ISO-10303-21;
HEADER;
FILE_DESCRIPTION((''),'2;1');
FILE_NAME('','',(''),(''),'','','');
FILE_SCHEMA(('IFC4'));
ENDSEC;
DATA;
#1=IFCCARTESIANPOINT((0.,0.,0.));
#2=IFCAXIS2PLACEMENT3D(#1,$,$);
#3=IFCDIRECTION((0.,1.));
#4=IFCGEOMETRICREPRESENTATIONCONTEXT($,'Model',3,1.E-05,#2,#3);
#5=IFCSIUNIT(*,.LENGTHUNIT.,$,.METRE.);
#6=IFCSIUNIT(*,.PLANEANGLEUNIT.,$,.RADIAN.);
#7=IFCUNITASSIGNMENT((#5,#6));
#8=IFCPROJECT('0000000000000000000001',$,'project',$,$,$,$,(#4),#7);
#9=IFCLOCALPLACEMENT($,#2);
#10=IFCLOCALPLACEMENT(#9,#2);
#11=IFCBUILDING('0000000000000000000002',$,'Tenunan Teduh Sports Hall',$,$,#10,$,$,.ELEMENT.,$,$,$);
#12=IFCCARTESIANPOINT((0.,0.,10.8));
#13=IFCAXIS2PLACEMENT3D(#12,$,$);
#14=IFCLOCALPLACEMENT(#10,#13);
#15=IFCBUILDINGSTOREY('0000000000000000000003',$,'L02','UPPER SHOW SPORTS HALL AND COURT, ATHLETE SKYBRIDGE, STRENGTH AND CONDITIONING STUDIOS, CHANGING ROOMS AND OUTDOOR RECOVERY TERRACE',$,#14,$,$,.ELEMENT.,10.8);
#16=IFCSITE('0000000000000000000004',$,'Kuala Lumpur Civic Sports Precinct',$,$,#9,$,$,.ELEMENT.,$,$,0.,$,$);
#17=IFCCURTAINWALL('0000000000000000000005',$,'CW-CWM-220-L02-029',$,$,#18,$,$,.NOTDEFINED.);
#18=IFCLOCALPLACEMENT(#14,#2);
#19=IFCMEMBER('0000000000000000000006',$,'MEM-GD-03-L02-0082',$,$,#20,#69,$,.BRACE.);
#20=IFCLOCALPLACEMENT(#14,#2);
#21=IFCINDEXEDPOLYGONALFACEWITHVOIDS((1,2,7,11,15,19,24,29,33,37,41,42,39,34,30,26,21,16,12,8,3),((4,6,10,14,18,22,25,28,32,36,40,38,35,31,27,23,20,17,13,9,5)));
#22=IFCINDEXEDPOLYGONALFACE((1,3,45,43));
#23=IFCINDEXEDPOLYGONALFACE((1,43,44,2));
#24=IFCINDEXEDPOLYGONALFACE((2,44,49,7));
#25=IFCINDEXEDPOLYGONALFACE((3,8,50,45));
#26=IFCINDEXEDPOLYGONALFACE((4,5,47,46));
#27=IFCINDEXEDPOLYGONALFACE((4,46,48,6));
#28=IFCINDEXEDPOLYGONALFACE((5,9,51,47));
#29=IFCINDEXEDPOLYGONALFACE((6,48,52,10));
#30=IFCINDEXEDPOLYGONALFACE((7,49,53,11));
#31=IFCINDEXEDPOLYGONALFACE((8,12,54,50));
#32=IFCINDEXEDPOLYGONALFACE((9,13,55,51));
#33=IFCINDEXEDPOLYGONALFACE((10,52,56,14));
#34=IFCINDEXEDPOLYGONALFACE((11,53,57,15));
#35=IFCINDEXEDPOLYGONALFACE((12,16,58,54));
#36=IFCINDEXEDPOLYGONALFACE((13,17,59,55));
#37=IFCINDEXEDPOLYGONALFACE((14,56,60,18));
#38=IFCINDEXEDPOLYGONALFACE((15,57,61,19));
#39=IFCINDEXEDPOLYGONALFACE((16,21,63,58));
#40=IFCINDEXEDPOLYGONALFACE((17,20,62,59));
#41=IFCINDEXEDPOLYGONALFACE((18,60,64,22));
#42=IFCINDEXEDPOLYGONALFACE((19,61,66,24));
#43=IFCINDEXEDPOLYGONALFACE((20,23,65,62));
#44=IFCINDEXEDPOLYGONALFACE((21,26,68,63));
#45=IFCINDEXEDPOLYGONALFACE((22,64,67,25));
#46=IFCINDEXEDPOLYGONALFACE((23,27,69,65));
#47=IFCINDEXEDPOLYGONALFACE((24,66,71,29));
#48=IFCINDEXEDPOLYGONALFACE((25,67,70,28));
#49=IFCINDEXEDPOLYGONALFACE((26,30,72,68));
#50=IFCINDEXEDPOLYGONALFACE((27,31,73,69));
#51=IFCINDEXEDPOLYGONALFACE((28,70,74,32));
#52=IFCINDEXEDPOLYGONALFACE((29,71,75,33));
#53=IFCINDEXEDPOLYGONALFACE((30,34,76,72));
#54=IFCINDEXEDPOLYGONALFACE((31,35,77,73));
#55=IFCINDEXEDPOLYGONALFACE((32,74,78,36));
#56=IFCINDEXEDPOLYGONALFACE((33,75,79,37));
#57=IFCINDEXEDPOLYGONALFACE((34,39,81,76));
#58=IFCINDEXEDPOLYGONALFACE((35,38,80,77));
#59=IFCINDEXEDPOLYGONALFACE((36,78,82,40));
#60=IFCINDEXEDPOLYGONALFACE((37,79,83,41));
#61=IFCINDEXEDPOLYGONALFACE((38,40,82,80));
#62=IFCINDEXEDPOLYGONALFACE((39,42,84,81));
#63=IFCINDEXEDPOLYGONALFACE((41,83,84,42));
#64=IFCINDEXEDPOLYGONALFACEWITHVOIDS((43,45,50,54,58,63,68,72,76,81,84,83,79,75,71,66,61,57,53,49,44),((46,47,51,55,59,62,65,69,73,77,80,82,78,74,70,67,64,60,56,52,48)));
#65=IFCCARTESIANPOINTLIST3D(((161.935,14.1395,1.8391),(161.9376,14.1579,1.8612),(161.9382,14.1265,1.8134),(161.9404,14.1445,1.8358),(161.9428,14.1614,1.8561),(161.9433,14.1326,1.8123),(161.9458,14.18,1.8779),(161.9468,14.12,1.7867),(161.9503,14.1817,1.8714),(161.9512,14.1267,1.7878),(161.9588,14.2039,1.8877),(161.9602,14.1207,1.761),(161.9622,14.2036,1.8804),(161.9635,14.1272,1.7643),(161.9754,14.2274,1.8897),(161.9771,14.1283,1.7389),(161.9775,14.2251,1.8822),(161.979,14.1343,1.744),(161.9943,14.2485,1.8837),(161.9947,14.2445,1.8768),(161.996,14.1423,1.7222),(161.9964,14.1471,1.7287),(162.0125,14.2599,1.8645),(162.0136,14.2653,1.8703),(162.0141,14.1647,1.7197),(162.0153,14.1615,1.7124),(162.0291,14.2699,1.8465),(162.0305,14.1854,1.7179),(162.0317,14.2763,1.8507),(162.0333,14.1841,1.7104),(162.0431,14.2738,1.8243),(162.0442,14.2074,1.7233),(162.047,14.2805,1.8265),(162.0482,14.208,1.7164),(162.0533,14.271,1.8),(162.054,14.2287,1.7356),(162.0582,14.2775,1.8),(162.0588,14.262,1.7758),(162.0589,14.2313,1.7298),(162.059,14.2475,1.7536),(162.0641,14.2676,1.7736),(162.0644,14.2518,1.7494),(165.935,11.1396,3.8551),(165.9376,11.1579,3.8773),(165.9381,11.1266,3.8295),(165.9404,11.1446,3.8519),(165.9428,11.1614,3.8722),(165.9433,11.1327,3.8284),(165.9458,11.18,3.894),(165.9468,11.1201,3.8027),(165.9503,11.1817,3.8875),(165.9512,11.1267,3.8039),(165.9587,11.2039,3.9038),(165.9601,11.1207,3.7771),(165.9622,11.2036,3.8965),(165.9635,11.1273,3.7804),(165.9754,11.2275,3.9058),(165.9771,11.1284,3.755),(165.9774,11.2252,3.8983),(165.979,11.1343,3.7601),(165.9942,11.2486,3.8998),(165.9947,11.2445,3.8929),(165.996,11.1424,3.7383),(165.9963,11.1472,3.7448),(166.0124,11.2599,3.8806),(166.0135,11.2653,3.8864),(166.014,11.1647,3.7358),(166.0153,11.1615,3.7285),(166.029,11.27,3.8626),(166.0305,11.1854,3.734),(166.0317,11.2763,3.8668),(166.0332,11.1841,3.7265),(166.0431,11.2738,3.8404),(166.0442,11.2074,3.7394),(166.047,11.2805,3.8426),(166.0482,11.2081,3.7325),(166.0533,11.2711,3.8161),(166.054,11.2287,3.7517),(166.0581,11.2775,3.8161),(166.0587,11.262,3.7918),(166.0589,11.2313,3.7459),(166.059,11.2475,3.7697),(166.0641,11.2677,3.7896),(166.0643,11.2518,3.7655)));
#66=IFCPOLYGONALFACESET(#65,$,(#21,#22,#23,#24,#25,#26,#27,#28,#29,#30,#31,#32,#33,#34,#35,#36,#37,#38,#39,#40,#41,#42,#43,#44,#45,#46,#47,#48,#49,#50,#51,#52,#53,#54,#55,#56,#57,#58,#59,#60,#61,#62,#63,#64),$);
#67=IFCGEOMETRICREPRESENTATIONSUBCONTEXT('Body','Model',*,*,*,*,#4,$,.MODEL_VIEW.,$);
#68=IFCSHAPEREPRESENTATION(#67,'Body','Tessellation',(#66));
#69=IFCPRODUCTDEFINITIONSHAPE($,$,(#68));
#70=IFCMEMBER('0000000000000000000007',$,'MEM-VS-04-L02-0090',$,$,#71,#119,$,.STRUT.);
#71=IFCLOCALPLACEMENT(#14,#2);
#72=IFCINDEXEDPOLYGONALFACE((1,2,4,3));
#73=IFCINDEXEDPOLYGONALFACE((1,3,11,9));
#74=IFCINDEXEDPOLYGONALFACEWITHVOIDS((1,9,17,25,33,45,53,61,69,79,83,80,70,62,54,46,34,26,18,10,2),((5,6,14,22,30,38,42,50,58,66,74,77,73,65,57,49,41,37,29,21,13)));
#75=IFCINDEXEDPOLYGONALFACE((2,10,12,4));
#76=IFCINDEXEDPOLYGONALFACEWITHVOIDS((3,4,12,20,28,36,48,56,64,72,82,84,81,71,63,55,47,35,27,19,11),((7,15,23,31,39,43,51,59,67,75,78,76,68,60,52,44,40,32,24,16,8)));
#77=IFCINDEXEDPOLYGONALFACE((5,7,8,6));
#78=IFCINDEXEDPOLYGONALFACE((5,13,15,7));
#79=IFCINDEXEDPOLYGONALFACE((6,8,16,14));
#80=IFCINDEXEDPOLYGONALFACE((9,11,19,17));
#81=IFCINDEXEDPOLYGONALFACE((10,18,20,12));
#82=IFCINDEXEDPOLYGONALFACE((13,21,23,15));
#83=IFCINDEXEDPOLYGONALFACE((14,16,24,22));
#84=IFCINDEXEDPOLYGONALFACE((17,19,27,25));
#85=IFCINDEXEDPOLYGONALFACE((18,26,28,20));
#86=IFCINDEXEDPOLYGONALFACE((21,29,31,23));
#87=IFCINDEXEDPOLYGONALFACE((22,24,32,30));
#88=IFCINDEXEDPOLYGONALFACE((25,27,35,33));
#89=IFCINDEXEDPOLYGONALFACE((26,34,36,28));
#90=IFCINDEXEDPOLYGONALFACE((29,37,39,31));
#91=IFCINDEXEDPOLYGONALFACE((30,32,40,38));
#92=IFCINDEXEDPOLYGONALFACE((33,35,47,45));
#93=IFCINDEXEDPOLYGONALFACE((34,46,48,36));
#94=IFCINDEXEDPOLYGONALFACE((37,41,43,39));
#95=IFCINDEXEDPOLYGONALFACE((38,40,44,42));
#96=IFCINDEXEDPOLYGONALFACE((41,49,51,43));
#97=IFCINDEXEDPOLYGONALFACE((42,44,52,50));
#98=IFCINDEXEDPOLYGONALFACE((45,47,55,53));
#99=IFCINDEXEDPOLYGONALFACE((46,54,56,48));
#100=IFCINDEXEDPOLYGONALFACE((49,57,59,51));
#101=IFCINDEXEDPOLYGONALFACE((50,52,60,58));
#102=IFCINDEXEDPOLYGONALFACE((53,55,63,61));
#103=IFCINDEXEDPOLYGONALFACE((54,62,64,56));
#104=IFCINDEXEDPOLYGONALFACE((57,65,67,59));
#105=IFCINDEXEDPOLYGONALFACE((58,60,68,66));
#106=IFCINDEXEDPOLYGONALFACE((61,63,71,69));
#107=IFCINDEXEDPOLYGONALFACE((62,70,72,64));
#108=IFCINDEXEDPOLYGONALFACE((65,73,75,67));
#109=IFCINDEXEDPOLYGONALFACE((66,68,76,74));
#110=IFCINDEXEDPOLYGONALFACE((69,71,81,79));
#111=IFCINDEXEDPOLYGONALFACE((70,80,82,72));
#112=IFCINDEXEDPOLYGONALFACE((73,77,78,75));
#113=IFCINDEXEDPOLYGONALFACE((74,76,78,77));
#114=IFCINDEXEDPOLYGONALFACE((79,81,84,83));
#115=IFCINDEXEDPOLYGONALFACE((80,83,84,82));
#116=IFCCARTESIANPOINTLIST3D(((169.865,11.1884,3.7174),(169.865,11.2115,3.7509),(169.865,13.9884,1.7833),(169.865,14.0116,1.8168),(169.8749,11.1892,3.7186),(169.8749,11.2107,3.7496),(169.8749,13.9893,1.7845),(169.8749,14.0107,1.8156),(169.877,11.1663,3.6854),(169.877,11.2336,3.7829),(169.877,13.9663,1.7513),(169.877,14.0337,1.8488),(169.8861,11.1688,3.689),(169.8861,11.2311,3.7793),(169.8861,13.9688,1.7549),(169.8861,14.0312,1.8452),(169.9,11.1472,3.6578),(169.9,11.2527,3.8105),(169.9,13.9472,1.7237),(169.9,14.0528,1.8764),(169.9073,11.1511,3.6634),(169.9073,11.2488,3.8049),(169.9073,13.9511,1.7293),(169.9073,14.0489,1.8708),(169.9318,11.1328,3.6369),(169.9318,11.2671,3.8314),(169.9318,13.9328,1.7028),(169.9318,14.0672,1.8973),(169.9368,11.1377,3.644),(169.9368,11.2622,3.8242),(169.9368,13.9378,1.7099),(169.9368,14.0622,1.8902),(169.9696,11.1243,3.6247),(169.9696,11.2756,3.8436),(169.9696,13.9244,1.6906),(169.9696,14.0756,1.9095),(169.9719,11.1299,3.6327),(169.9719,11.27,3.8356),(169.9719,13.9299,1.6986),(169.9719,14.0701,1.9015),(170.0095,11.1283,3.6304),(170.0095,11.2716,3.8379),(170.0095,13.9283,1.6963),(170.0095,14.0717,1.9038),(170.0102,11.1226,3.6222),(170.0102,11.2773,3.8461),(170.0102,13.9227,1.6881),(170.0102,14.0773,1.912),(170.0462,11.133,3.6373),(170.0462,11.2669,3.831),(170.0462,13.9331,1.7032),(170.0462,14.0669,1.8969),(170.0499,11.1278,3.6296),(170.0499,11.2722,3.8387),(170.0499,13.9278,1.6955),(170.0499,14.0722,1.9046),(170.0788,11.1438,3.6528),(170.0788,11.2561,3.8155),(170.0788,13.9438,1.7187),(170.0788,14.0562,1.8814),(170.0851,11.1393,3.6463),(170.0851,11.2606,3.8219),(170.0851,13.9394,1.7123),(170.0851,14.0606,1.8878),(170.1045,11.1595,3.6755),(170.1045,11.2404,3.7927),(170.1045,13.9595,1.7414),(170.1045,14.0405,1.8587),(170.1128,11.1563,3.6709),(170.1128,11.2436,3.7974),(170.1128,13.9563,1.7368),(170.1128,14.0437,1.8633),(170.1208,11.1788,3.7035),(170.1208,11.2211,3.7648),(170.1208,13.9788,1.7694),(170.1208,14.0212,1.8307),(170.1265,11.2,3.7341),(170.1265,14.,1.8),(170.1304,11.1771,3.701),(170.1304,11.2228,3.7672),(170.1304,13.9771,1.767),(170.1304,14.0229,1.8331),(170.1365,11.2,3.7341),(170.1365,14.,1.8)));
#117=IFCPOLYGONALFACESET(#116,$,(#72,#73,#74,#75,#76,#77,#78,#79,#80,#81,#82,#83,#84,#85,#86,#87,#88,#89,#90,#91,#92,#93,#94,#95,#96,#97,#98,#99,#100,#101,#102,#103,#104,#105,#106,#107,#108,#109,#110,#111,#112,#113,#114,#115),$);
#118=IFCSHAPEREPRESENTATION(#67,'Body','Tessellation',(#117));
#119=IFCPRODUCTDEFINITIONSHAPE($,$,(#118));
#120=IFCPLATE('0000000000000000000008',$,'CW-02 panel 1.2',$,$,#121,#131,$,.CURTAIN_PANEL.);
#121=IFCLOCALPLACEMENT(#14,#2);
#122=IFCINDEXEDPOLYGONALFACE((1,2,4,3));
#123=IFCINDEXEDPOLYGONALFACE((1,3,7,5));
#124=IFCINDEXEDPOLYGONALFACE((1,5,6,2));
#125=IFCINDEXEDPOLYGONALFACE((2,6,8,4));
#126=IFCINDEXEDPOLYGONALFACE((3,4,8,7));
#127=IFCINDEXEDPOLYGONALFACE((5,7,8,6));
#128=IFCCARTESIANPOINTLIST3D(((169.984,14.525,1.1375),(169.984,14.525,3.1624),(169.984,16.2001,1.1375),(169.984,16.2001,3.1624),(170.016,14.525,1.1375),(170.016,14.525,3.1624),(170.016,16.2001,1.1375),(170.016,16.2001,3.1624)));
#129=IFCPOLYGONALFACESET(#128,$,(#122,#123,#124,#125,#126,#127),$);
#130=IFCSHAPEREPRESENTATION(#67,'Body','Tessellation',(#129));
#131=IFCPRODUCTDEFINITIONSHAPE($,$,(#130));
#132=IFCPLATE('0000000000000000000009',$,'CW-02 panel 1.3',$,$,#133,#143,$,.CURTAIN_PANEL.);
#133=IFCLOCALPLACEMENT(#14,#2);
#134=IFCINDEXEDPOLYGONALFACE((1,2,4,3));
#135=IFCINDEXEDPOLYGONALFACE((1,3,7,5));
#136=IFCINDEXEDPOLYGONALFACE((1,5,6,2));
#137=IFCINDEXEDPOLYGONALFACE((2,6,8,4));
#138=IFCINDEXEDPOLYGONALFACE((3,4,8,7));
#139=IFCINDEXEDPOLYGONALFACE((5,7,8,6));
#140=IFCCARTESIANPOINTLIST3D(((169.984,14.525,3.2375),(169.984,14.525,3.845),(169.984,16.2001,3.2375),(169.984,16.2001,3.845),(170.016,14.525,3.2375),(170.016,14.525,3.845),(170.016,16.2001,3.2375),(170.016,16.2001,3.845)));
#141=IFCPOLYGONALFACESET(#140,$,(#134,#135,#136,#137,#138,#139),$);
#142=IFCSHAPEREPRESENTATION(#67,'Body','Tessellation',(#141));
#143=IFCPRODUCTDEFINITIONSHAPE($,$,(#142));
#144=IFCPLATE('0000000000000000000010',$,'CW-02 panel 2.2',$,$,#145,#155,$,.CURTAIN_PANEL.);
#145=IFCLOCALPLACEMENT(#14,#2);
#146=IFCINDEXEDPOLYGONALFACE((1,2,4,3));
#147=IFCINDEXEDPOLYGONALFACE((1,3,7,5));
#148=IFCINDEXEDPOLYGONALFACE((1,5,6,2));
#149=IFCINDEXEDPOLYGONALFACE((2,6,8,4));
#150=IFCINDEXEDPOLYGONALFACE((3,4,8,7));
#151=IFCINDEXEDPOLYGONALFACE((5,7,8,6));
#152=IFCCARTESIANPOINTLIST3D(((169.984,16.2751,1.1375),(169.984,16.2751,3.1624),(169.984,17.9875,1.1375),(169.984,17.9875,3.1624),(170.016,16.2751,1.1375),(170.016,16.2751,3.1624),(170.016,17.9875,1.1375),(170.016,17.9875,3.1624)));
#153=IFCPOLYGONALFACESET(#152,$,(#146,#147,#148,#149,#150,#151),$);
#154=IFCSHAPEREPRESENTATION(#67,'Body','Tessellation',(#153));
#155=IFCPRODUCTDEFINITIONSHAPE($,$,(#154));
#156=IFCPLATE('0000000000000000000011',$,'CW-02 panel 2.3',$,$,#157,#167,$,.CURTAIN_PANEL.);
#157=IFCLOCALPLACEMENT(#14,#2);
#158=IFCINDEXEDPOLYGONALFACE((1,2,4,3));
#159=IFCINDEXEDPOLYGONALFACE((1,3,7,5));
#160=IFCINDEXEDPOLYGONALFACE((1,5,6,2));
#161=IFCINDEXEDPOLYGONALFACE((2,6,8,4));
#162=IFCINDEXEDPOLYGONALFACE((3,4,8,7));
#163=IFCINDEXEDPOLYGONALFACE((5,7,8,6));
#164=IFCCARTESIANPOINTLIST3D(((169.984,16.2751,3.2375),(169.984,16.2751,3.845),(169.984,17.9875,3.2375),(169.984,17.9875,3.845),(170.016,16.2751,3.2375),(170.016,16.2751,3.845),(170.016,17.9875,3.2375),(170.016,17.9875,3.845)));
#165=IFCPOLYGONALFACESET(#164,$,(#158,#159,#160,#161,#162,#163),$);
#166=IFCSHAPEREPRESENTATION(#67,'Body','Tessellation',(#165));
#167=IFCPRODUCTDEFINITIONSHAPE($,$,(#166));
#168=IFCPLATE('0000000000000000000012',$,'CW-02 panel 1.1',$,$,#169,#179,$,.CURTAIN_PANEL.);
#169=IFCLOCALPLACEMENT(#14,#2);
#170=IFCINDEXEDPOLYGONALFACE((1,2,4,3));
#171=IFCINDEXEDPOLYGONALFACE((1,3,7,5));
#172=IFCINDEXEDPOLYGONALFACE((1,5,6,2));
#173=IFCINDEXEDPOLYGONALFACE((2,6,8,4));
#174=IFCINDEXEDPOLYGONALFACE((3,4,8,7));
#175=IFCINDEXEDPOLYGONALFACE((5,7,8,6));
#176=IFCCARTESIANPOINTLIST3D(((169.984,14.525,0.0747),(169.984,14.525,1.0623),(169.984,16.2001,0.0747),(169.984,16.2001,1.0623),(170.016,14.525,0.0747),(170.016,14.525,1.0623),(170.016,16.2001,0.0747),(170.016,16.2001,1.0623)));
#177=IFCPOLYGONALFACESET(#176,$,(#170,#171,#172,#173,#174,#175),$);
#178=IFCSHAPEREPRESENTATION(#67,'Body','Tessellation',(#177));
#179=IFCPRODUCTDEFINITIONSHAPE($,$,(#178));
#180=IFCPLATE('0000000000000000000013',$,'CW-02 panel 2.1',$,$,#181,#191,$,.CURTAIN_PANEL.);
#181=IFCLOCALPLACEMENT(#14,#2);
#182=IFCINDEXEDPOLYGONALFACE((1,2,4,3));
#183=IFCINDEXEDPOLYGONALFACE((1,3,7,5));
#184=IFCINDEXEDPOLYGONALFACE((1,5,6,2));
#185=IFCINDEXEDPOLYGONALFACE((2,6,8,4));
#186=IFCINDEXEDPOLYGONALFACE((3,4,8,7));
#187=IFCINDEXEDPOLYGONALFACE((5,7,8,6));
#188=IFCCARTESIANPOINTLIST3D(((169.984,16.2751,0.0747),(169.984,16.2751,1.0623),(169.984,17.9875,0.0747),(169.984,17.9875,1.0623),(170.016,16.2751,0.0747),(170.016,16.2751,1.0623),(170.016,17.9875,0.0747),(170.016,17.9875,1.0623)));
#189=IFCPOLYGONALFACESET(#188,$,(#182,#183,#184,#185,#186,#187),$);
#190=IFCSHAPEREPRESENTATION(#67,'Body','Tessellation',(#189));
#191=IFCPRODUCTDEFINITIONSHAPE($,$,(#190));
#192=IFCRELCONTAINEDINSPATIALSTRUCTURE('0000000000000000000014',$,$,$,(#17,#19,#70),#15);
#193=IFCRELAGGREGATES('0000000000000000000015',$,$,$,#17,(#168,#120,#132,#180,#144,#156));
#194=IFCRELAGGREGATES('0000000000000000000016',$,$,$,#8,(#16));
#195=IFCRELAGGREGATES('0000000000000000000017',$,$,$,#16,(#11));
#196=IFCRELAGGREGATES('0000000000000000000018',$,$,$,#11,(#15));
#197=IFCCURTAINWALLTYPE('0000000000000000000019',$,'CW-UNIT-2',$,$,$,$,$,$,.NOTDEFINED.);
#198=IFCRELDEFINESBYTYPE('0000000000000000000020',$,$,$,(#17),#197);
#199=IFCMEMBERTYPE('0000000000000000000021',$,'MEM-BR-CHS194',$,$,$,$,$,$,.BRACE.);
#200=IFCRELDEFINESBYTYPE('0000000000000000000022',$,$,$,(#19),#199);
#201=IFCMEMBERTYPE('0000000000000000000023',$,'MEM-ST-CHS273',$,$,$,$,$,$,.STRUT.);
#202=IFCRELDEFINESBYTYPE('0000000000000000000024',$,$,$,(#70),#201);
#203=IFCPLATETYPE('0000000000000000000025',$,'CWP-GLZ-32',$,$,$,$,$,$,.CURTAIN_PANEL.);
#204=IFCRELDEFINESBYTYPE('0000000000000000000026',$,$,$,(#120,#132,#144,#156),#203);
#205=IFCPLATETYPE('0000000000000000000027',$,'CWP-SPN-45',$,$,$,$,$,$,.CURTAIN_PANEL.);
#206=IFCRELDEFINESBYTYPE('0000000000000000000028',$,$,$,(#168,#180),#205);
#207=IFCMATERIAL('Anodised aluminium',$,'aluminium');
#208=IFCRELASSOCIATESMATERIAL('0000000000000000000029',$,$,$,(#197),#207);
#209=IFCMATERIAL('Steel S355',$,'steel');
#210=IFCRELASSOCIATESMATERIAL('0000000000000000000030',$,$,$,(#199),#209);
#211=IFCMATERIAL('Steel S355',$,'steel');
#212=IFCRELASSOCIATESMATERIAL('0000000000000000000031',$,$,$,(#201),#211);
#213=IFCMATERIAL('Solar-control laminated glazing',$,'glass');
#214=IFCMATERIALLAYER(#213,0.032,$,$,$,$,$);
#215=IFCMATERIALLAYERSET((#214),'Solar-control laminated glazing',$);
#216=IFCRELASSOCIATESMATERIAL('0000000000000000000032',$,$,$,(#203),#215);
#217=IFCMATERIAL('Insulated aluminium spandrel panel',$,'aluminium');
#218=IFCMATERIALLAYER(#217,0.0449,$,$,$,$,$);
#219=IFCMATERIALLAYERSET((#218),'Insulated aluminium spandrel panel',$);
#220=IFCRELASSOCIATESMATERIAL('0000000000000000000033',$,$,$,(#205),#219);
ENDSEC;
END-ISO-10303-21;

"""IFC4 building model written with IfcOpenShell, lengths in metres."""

from ifc_helpers import new_model, si_unit, direction, frame, origin, origin_2d, place, context, subcontext, project, spatial, rectangle, hollow_circle, extrude, material, layer, layer_set, material_profile, profile_set, type_object, element, aggregate, save


model = new_model("IFC4")

# Units and contexts
model_context = context("Model", 3, precision=1e-05, world=origin(), true_north=direction((0.0, 1.0)))
body_context = subcontext(model_context, "Body", "Model", "MODEL_VIEW")
ifc_project = project(units=[si_unit("LENGTHUNIT", "METRE"), si_unit("PLANEANGLEUNIT", "RADIAN")], contexts=[model_context])

# Site, building, storey
site_placement = place(None, origin())
site = spatial("IfcSite", under=ifc_project, at=site_placement, Name="Kuala Lumpur Civic Sports Precinct", CompositionType="ELEMENT", RefElevation=0.0)
building_placement = place(site_placement, origin())
building = spatial("IfcBuilding", under=site, at=building_placement, Name="Tenunan Teduh Sports Hall", CompositionType="ELEMENT")
storey_placement = place(building_placement, frame((0.0, 0.0, 10.8)))
storey = spatial("IfcBuildingStorey", under=building, at=storey_placement, Name="L02", Description="UPPER SHOW SPORTS HALL AND COURT, ATHLETE SKYBRIDGE, STRENGTH AND CONDITIONING STUDIOS, CHANGING ROOMS AND OUTDOOR RECOVERY TERRACE", CompositionType="ELEMENT", Elevation=10.8)

# Curtain wall
ifc_material_1 = material(Name="Anodised aluminium", Category="aluminium")
curtain_wall_type = type_object("IfcCurtainWallType", Name="CW-UNIT-2", PredefinedType="NOTDEFINED", material=ifc_material_1)
curtain_wall_placement = place(storey_placement, origin())
curtain_wall = element("IfcCurtainWall", 1, at=curtain_wall_placement, inside=storey, type_object=curtain_wall_type, Name="CW-CWM-220-L02-029", PredefinedType="NOTDEFINED")

# Members
ifc_material_2 = material(Name="Steel S355", Category="steel")
ifc_material_profile_1 = material_profile(ifc_material_2, hollow_circle(Radius=0.0969, WallThickness=0.0081, at=origin_2d()), Name="CHS 193.7x8.0")
ifc_profile_set_1 = profile_set([ifc_material_profile_1], Name="Steel S355")
member_type_1 = type_object("IfcMemberType", Name="MEM-BR-CHS194", PredefinedType="BRACE", material=ifc_profile_set_1)
member_1_placement = place(storey_placement, frame((162.0, 14.2, 1.8), z_axis=(0.741954, -0.556465, 0.373966), x_axis=(0.6, 0.8, 0.0)))
element("IfcMember", 2, at=member_1_placement, inside=storey, type_object=member_type_1, Name="MEM-GD-03-L02-0082", PredefinedType="BRACE", context=body_context, shape_type="SweptSolid", body=[
    extrude(hollow_circle(Radius=0.0969, WallThickness=0.0081, at=origin_2d()), origin(), (0.0, 0.0, 1.0), 5.3911),
])
ifc_material_3 = material(Name="Steel S355", Category="steel")
ifc_material_profile_2 = material_profile(ifc_material_3, hollow_circle(Radius=0.1365, WallThickness=0.01, at=origin_2d()), Name="CHS 273.0x10.0")
ifc_profile_set_2 = profile_set([ifc_material_profile_2], Name="Steel S355")
member_type_2 = type_object("IfcMemberType", Name="MEM-ST-CHS273", PredefinedType="STRUT", material=ifc_profile_set_2)
member_2_placement = place(storey_placement, frame((170.0, 14.0, 1.8), z_axis=(0.0, -0.822799, 0.568333), x_axis=(1.0, 0.0, 0.0)))
element("IfcMember", 3, at=member_2_placement, inside=storey, type_object=member_type_2, Name="MEM-VS-04-L02-0090", PredefinedType="STRUT", context=body_context, shape_type="SweptSolid", body=[
    extrude(hollow_circle(Radius=0.1365, WallThickness=0.01, at=origin_2d()), origin(), (0.0, 0.0, 1.0), 3.4031),
])

# Plates
ifc_material_4 = material(Name="Solar-control laminated glazing", Category="glass")
ifc_layer_1 = layer(ifc_material_4, 0.032)
ifc_layer_set_1 = layer_set([ifc_layer_1], Name="Solar-control laminated glazing")
plate_type_1 = type_object("IfcPlateType", Name="CWP-GLZ-32", PredefinedType="CURTAIN_PANEL", material=ifc_layer_set_1)
plate_1_placement = place(storey_placement, frame((170.0, 15.3625, 1.1375), z_axis=(0.0, 0.0, 1.0), x_axis=(0.0, 1.0, 0.0)))
plate_1 = element("IfcPlate", 4, at=plate_1_placement, type_object=plate_type_1, Name="CW-02 panel 1.2", PredefinedType="CURTAIN_PANEL", context=body_context, shape_type="SweptSolid", body=[
    extrude(rectangle(XDim=1.675, YDim=0.032, at=origin_2d()), origin(), (0.0, 0.0, 1.0), 2.0249),
])
plate_2_placement = place(storey_placement, frame((170.0, 15.3625, 3.2375), z_axis=(0.0, 0.0, 1.0), x_axis=(0.0, 1.0, 0.0)))
plate_2 = element("IfcPlate", 5, at=plate_2_placement, type_object=plate_type_1, Name="CW-02 panel 1.3", PredefinedType="CURTAIN_PANEL", context=body_context, shape_type="SweptSolid", body=[
    extrude(rectangle(XDim=1.675, YDim=0.032, at=origin_2d()), origin(), (0.0, 0.0, 1.0), 0.6074),
])
plate_3_placement = place(storey_placement, frame((170.0, 17.1313, 1.1375), z_axis=(0.0, 0.0, 1.0), x_axis=(0.0, 1.0, 0.0)))
plate_3 = element("IfcPlate", 6, at=plate_3_placement, type_object=plate_type_1, Name="CW-02 panel 2.2", PredefinedType="CURTAIN_PANEL", context=body_context, shape_type="SweptSolid", body=[
    extrude(rectangle(XDim=1.7124, YDim=0.032, at=origin_2d()), origin(), (0.0, 0.0, 1.0), 2.0249),
])
plate_4_placement = place(storey_placement, frame((170.0, 17.1313, 3.2375), z_axis=(0.0, 0.0, 1.0), x_axis=(0.0, 1.0, 0.0)))
plate_4 = element("IfcPlate", 7, at=plate_4_placement, type_object=plate_type_1, Name="CW-02 panel 2.3", PredefinedType="CURTAIN_PANEL", context=body_context, shape_type="SweptSolid", body=[
    extrude(rectangle(XDim=1.7124, YDim=0.032, at=origin_2d()), origin(), (0.0, 0.0, 1.0), 0.6074),
])
ifc_material_5 = material(Name="Insulated aluminium spandrel panel", Category="aluminium")
ifc_layer_2 = layer(ifc_material_5, 0.0449)
ifc_layer_set_2 = layer_set([ifc_layer_2], Name="Insulated aluminium spandrel panel")
plate_type_2 = type_object("IfcPlateType", Name="CWP-SPN-45", PredefinedType="CURTAIN_PANEL", material=ifc_layer_set_2)
plate_5_placement = place(storey_placement, frame((170.0, 15.3625, 0.0747), z_axis=(0.0, 0.0, 1.0), x_axis=(0.0, 1.0, 0.0)))
plate_5 = element("IfcPlate", 8, at=plate_5_placement, type_object=plate_type_2, Name="CW-02 panel 1.1", PredefinedType="CURTAIN_PANEL", context=body_context, shape_type="SweptSolid", body=[
    extrude(rectangle(XDim=1.675, YDim=0.032, at=origin_2d()), origin(), (0.0, 0.0, 1.0), 0.9875),
])
plate_6_placement = place(storey_placement, frame((170.0, 17.1313, 0.0747), z_axis=(0.0, 0.0, 1.0), x_axis=(0.0, 1.0, 0.0)))
plate_6 = element("IfcPlate", 9, at=plate_6_placement, type_object=plate_type_2, Name="CW-02 panel 2.1", PredefinedType="CURTAIN_PANEL", context=body_context, shape_type="SweptSolid", body=[
    extrude(rectangle(XDim=1.7124, YDim=0.032, at=origin_2d()), origin(), (0.0, 0.0, 1.0), 0.9875),
])
aggregate(curtain_wall, [plate_5, plate_1, plate_2, plate_6, plate_3, plate_4])

save(model, "model.ifc")
